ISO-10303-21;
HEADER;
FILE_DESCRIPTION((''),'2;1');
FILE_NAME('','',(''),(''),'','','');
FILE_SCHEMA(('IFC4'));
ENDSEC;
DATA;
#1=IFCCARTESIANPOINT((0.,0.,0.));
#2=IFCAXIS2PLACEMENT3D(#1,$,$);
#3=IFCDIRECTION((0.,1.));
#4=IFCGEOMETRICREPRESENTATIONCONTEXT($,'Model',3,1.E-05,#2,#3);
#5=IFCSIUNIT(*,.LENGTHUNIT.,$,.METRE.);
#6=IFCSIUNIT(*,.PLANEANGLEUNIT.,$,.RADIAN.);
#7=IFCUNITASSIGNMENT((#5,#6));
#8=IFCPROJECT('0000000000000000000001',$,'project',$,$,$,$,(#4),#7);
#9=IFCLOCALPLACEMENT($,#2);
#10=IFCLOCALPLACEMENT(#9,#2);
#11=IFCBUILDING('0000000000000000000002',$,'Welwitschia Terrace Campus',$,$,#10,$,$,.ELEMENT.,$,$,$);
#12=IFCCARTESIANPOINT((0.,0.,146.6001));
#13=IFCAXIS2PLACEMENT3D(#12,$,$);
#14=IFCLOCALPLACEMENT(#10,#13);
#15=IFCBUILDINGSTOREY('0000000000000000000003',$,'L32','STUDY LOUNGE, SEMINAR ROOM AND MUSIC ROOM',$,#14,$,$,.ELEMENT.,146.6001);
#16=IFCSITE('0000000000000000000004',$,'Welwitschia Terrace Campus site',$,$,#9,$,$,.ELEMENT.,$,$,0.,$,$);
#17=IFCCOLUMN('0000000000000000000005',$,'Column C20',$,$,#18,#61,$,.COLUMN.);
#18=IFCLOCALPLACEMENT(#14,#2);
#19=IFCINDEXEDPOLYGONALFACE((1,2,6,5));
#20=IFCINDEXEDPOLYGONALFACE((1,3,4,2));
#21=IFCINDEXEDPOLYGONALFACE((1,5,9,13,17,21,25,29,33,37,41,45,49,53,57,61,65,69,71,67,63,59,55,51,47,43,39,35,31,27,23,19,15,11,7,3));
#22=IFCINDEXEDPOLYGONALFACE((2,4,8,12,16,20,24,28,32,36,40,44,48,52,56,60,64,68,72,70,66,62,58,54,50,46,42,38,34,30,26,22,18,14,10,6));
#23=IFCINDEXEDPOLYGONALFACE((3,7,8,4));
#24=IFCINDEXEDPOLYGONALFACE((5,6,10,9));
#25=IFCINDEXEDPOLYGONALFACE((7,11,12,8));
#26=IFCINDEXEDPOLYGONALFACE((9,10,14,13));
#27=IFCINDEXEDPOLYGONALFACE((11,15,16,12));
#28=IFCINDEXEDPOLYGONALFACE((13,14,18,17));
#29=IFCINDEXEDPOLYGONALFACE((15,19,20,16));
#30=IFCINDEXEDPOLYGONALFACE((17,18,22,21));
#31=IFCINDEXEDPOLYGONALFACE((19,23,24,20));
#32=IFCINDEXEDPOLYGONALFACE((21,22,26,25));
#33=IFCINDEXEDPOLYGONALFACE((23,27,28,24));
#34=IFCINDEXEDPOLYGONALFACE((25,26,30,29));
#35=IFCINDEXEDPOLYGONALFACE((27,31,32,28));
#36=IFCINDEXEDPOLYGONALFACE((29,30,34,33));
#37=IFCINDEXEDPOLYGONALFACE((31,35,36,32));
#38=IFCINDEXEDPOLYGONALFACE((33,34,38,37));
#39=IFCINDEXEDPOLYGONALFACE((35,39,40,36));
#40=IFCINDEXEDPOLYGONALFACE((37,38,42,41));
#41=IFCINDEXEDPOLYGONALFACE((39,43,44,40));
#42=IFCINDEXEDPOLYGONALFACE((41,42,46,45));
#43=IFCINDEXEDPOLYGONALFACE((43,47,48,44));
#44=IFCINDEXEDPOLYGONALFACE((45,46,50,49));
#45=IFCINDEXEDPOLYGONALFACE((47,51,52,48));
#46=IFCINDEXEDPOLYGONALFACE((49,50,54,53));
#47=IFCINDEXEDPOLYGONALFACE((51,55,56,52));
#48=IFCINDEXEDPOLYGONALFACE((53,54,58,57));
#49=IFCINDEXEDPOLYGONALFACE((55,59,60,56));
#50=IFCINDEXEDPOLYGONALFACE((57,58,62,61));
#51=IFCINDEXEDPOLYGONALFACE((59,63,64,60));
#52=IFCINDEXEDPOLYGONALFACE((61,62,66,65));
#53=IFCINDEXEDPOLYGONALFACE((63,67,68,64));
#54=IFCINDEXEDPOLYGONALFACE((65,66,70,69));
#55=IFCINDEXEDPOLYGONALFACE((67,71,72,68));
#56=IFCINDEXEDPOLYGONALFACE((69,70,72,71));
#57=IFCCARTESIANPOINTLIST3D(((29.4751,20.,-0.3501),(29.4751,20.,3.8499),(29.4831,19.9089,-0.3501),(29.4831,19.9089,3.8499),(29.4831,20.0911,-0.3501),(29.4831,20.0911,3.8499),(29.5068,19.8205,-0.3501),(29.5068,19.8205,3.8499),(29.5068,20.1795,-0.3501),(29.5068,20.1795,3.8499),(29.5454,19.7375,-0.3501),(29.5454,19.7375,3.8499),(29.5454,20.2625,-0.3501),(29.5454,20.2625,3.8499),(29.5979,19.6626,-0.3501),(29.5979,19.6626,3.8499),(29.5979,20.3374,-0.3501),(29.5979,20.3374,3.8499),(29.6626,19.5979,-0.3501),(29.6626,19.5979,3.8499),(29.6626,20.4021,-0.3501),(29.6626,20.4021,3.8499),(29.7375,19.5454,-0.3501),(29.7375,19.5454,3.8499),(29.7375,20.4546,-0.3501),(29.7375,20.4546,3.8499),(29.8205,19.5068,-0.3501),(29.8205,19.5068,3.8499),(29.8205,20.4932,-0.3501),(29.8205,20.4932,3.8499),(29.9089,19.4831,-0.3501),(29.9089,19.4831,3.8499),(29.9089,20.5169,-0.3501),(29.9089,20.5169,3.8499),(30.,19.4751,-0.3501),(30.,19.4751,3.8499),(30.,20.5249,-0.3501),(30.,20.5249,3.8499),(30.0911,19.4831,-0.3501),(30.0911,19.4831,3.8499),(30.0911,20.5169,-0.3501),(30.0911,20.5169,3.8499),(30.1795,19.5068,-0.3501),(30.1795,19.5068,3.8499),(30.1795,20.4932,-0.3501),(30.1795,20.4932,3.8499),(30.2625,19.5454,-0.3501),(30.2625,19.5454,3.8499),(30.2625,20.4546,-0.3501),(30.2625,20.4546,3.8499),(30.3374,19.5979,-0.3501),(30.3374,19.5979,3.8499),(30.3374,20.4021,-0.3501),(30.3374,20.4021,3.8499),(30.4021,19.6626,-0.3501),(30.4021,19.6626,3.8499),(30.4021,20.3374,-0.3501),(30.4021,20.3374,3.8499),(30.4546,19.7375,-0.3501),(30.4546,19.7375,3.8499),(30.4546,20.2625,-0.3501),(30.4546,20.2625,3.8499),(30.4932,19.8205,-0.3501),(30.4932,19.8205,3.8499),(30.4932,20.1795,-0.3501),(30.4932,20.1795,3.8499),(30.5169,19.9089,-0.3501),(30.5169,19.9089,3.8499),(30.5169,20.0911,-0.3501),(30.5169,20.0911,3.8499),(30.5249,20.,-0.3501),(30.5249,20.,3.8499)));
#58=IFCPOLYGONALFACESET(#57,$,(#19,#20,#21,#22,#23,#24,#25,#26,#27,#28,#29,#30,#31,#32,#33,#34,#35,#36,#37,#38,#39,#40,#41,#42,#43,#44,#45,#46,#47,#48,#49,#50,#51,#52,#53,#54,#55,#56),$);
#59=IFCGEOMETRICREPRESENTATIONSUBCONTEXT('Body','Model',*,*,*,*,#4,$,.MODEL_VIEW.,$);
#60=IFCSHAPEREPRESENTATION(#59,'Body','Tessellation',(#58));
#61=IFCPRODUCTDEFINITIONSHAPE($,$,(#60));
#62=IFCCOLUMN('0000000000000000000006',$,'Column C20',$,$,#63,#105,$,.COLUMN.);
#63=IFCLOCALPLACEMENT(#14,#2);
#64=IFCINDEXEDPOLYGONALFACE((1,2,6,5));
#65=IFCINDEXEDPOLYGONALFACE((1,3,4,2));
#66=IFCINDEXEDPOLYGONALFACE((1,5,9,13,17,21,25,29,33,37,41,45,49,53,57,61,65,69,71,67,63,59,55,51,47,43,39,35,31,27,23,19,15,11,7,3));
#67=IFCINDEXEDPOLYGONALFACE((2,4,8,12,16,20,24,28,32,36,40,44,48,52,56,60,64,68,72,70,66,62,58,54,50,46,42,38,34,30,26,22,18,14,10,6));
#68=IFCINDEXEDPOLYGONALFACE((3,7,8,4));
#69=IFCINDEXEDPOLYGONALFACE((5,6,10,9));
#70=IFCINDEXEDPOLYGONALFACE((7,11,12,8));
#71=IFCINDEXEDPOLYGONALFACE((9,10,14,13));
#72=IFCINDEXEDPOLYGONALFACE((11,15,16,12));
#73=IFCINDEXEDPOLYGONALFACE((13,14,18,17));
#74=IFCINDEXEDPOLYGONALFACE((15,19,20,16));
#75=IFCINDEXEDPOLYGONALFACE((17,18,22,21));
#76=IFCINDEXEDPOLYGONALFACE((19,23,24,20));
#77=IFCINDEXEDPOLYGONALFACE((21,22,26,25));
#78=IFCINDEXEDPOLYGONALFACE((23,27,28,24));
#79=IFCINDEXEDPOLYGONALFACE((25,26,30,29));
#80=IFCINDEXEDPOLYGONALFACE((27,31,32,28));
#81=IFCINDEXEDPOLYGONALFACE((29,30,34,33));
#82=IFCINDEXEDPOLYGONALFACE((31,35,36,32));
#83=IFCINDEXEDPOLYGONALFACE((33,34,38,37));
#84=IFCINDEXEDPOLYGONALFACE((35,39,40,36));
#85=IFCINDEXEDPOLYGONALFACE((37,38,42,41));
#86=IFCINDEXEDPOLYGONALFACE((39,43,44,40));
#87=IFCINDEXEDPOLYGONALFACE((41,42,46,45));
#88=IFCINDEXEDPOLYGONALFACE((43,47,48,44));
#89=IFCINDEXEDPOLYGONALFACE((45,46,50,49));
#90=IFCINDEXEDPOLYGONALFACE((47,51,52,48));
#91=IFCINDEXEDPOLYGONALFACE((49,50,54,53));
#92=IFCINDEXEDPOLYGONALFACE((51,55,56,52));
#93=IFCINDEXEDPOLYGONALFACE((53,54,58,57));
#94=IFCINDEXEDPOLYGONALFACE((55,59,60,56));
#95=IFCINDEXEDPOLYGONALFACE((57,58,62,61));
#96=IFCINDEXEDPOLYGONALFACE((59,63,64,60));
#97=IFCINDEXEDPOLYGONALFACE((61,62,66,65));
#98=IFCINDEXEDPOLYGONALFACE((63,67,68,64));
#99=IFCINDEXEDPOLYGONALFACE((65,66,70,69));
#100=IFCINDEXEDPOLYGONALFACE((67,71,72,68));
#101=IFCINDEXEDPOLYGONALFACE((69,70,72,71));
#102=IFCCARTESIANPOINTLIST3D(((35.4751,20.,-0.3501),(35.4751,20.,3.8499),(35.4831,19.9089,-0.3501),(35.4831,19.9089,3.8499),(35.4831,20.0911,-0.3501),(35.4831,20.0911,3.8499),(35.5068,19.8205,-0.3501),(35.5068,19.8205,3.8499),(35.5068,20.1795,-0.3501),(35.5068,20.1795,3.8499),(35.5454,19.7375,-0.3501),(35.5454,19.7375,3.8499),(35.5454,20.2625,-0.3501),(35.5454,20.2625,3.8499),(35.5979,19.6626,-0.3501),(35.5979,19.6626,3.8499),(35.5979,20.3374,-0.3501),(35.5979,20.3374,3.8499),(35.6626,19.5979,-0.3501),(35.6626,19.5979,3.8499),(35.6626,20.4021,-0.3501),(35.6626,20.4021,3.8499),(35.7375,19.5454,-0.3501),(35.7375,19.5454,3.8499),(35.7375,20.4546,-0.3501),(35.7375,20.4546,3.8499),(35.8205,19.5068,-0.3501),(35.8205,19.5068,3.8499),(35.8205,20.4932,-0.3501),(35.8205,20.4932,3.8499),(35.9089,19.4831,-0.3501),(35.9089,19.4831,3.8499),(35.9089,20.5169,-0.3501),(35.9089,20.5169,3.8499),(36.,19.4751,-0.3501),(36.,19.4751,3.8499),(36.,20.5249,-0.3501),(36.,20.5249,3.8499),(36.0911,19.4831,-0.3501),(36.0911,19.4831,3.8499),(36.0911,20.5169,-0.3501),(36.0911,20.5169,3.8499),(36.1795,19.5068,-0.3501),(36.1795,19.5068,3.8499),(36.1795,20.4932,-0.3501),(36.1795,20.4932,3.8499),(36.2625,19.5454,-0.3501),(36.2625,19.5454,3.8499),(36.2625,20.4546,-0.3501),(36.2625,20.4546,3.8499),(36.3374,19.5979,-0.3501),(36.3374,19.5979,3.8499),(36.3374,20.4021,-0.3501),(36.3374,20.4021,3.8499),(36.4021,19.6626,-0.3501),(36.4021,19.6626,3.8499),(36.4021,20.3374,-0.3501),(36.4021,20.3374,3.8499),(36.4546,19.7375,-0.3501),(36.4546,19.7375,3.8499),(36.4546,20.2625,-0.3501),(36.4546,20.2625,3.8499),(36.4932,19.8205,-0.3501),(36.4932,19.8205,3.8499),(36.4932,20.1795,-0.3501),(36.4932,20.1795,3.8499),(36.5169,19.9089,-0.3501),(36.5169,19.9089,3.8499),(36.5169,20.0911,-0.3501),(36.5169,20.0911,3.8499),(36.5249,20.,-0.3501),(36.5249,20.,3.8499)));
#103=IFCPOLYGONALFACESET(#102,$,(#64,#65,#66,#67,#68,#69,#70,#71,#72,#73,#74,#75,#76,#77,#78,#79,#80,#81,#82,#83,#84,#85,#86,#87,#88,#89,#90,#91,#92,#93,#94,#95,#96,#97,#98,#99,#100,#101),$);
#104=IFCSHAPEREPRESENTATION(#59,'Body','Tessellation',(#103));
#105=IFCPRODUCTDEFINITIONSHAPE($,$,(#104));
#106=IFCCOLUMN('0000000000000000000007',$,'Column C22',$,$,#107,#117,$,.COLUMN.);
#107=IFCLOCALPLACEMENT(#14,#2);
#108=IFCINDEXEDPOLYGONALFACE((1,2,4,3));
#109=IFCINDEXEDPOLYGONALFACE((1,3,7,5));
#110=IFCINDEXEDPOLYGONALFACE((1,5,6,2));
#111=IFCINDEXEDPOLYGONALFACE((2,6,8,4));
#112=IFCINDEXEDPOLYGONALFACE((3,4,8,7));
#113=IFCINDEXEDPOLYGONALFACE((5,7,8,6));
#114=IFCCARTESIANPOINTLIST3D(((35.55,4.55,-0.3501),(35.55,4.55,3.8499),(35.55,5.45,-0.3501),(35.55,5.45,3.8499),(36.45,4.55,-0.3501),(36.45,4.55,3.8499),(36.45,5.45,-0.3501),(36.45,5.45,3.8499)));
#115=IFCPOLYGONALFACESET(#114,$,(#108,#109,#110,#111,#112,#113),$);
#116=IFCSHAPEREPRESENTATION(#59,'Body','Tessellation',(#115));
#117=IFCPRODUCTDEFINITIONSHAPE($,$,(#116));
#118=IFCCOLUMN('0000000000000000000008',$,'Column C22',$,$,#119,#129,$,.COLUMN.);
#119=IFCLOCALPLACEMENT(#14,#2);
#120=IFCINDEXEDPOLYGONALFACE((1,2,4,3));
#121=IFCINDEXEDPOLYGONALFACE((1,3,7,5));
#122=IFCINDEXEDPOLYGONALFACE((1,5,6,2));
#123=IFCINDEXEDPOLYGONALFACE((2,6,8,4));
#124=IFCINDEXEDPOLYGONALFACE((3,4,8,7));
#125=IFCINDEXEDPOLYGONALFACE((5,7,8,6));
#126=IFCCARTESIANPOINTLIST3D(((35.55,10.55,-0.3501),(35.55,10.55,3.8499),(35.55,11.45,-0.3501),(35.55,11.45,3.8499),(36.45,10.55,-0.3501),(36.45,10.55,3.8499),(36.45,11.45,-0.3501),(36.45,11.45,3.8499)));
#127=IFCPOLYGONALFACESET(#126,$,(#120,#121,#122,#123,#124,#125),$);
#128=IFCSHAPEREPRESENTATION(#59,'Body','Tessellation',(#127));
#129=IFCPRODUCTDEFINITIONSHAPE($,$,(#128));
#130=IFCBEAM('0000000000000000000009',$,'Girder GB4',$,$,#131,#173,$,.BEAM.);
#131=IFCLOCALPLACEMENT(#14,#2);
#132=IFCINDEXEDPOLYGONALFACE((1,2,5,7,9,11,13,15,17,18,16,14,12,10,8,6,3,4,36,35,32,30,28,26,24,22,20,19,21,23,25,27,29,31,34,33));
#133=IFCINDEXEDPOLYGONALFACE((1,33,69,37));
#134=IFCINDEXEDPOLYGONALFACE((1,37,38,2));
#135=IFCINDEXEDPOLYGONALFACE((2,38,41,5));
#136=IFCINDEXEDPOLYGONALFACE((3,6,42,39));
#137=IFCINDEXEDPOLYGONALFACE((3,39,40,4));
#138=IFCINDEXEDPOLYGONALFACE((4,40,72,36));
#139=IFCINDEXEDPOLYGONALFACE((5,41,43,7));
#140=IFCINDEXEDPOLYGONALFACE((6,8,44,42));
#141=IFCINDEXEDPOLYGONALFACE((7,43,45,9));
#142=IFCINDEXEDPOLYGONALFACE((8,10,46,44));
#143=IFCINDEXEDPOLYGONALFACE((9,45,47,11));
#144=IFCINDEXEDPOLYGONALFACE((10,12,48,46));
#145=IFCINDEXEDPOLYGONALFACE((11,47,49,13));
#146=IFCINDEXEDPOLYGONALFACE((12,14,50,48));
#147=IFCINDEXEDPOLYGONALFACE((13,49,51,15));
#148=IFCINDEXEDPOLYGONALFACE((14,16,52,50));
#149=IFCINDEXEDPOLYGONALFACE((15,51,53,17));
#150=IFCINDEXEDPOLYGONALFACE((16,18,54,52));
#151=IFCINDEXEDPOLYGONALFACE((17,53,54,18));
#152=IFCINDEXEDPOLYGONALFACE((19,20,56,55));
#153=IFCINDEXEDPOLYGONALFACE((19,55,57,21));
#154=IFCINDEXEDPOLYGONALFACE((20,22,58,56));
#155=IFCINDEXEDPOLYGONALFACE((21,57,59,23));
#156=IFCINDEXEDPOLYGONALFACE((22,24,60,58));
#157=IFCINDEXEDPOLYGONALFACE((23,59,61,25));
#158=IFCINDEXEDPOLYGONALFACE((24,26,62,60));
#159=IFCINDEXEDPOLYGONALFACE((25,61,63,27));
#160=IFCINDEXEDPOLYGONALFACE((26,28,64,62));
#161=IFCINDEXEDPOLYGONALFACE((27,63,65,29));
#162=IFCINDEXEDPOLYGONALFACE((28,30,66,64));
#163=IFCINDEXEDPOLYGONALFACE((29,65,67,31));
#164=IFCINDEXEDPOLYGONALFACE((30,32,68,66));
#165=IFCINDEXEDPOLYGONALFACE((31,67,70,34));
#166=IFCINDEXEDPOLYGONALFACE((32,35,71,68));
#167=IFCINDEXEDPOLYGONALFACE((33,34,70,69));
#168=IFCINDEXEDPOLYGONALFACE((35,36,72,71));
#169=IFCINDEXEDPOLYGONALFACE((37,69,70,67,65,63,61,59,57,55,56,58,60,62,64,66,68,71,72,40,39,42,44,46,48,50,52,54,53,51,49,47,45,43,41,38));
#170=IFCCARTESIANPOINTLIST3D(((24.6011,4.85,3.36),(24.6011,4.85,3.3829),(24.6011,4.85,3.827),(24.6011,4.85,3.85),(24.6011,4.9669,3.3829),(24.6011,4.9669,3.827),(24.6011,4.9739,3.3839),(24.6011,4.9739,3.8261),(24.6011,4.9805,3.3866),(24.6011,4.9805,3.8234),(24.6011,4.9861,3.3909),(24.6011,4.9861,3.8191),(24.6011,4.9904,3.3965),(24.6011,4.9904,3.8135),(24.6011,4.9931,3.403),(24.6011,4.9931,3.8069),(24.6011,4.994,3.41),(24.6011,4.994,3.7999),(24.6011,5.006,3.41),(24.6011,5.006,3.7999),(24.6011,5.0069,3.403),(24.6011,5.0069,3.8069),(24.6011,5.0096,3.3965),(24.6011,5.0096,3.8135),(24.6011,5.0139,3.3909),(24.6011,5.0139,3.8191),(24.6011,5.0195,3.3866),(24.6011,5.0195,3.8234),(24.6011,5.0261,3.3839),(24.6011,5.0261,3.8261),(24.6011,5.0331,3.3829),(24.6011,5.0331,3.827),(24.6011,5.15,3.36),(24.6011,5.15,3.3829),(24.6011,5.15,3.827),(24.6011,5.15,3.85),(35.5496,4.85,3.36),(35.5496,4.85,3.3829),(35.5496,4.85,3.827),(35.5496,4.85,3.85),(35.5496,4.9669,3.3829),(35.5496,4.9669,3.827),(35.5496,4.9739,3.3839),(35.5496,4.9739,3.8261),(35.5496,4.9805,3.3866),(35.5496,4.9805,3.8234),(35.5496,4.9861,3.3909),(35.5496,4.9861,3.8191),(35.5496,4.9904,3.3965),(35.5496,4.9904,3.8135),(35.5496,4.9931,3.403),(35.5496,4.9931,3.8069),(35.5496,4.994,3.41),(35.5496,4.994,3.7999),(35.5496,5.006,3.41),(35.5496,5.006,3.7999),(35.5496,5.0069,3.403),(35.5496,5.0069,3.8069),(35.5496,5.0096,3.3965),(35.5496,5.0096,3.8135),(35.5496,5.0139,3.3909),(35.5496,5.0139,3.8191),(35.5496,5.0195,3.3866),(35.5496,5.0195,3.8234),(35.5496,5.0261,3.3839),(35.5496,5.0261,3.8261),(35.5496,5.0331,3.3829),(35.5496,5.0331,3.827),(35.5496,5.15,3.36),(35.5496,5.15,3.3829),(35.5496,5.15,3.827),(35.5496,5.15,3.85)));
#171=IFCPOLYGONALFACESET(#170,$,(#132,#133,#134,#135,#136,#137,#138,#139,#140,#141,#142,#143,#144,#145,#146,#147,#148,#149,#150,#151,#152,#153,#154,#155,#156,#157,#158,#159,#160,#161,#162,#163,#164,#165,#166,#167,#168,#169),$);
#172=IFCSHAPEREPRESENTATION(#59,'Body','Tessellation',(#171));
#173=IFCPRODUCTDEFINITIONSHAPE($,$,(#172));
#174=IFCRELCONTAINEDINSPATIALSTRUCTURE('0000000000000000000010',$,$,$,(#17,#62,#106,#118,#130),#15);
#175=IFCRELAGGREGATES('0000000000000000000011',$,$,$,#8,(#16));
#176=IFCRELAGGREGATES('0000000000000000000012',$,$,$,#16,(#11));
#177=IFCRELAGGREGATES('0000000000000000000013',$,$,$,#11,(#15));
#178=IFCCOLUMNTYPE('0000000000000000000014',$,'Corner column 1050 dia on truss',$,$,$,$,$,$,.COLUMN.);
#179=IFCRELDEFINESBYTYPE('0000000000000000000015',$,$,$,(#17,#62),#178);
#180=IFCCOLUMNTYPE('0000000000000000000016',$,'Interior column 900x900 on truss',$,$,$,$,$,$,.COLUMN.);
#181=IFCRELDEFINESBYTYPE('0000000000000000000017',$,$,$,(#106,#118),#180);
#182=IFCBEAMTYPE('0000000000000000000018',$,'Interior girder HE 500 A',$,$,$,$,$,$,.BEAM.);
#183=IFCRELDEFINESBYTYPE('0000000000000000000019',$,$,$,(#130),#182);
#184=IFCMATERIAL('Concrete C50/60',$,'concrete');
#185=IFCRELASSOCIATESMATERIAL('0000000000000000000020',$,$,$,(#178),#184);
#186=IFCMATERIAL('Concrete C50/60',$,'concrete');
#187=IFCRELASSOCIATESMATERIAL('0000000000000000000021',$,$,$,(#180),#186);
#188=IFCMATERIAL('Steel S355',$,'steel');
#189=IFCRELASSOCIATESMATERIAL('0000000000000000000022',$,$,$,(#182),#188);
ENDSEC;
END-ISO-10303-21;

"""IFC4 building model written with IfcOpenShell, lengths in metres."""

from ifc_helpers import new_model, si_unit, direction, frame, origin, origin_2d, place, context, subcontext, project, spatial, rectangle, circle, i_section, extrude, material, material_profile, profile_set, type_object, element, save


model = new_model("IFC4")

# Units and contexts
model_context = context("Model", 3, precision=1e-05, world=origin(), true_north=direction((0.0, 1.0)))
body_context = subcontext(model_context, "Body", "Model", "MODEL_VIEW")
ifc_project = project(units=[si_unit("LENGTHUNIT", "METRE"), si_unit("PLANEANGLEUNIT", "RADIAN")], contexts=[model_context])

# Site, building, storey
site_placement = place(None, origin())
site = spatial("IfcSite", under=ifc_project, at=site_placement, Name="Welwitschia Terrace Campus site", CompositionType="ELEMENT", RefElevation=0.0)
building_placement = place(site_placement, origin())
building = spatial("IfcBuilding", under=site, at=building_placement, Name="Welwitschia Terrace Campus", CompositionType="ELEMENT")
storey_placement = place(building_placement, frame((0.0, 0.0, 146.6001)))
storey = spatial("IfcBuildingStorey", under=building, at=storey_placement, Name="L32", Description="STUDY LOUNGE, SEMINAR ROOM AND MUSIC ROOM", CompositionType="ELEMENT", Elevation=146.6001)

# Columns
ifc_material_1 = material(Name="Concrete C50/60", Category="concrete")
ifc_material_profile_1 = material_profile(ifc_material_1, circle(Radius=0.5249, at=origin_2d()))
ifc_profile_set_1 = profile_set([ifc_material_profile_1], Name="Concrete C50/60")
column_type_1 = type_object("IfcColumnType", Name="Corner column 1050 dia on truss", PredefinedType="COLUMN", material=ifc_profile_set_1)
for number, where, z_axis, x_axis, name in (
    (1, (30.0, 20.0, -0.3501), (0.0, 0.0, 1.0), (1.0, 0.0, 0.0), "Column C20"),
    (2, (36.0, 20.0, -0.3501), (0.0, 0.0, 1.0), (1.0, 0.0, 0.0), "Column C20"),
):
    element("IfcColumn", number, at=place(storey_placement, frame(where, z_axis=z_axis, x_axis=x_axis)), inside=storey, type_object=column_type_1, Name=name, PredefinedType="COLUMN", context=body_context, shape_type="SweptSolid", body=[
        extrude(circle(Radius=0.5249, at=origin_2d()), origin(), (0.0, 0.0, 1.0), 4.2),
    ])
ifc_material_2 = material(Name="Concrete C50/60", Category="concrete")
ifc_material_profile_2 = material_profile(ifc_material_2, rectangle(XDim=0.8999, YDim=0.8999, at=origin_2d()))
ifc_profile_set_2 = profile_set([ifc_material_profile_2], Name="Concrete C50/60")
column_type_2 = type_object("IfcColumnType", Name="Interior column 900x900 on truss", PredefinedType="COLUMN", material=ifc_profile_set_2)
for number, where, z_axis, x_axis, name in (
    (3, (36.0, 5.0, -0.3501), (0.0, 0.0, 1.0), (1.0, 0.0, 0.0), "Column C22"),
    (4, (36.0, 11.0, -0.3501), (0.0, 0.0, 1.0), (1.0, 0.0, 0.0), "Column C22"),
):
    element("IfcColumn", number, at=place(storey_placement, frame(where, z_axis=z_axis, x_axis=x_axis)), inside=storey, type_object=column_type_2, Name=name, PredefinedType="COLUMN", context=body_context, shape_type="SweptSolid", body=[
        extrude(rectangle(XDim=0.8999, YDim=0.8999, at=origin_2d()), origin(), (0.0, 0.0, 1.0), 4.2),
    ])

# Beam
ifc_material_3 = material(Name="Steel S355", Category="steel")
ifc_material_profile_3 = material_profile(ifc_material_3, i_section(OverallWidth=0.3, OverallDepth=0.49, WebThickness=0.012, FlangeThickness=0.0229, FilletRadius=0.0271, at=origin_2d()))
ifc_profile_set_3 = profile_set([ifc_material_profile_3], Name="Steel S355")
beam_type = type_object("IfcBeamType", Name="Interior girder HE 500 A", PredefinedType="BEAM", material=ifc_profile_set_3)
for number, where, z_axis, x_axis, name in (
    (5, (24.6011, 5.0, 3.605), (1.0, 0.0, 0.0), (0.0, 1.0, 0.0), "Girder GB4"),
):
    element("IfcBeam", number, at=place(storey_placement, frame(where, z_axis=z_axis, x_axis=x_axis)), inside=storey, type_object=beam_type, Name=name, PredefinedType="BEAM", context=body_context, shape_type="SweptSolid", body=[
        extrude(i_section(OverallWidth=0.3, OverallDepth=0.49, WebThickness=0.012, FlangeThickness=0.0229, FilletRadius=0.0271, at=origin_2d()), origin(), (0.0, 0.0, 1.0), 10.9485),
    ])

save(model, "model.ifc")
